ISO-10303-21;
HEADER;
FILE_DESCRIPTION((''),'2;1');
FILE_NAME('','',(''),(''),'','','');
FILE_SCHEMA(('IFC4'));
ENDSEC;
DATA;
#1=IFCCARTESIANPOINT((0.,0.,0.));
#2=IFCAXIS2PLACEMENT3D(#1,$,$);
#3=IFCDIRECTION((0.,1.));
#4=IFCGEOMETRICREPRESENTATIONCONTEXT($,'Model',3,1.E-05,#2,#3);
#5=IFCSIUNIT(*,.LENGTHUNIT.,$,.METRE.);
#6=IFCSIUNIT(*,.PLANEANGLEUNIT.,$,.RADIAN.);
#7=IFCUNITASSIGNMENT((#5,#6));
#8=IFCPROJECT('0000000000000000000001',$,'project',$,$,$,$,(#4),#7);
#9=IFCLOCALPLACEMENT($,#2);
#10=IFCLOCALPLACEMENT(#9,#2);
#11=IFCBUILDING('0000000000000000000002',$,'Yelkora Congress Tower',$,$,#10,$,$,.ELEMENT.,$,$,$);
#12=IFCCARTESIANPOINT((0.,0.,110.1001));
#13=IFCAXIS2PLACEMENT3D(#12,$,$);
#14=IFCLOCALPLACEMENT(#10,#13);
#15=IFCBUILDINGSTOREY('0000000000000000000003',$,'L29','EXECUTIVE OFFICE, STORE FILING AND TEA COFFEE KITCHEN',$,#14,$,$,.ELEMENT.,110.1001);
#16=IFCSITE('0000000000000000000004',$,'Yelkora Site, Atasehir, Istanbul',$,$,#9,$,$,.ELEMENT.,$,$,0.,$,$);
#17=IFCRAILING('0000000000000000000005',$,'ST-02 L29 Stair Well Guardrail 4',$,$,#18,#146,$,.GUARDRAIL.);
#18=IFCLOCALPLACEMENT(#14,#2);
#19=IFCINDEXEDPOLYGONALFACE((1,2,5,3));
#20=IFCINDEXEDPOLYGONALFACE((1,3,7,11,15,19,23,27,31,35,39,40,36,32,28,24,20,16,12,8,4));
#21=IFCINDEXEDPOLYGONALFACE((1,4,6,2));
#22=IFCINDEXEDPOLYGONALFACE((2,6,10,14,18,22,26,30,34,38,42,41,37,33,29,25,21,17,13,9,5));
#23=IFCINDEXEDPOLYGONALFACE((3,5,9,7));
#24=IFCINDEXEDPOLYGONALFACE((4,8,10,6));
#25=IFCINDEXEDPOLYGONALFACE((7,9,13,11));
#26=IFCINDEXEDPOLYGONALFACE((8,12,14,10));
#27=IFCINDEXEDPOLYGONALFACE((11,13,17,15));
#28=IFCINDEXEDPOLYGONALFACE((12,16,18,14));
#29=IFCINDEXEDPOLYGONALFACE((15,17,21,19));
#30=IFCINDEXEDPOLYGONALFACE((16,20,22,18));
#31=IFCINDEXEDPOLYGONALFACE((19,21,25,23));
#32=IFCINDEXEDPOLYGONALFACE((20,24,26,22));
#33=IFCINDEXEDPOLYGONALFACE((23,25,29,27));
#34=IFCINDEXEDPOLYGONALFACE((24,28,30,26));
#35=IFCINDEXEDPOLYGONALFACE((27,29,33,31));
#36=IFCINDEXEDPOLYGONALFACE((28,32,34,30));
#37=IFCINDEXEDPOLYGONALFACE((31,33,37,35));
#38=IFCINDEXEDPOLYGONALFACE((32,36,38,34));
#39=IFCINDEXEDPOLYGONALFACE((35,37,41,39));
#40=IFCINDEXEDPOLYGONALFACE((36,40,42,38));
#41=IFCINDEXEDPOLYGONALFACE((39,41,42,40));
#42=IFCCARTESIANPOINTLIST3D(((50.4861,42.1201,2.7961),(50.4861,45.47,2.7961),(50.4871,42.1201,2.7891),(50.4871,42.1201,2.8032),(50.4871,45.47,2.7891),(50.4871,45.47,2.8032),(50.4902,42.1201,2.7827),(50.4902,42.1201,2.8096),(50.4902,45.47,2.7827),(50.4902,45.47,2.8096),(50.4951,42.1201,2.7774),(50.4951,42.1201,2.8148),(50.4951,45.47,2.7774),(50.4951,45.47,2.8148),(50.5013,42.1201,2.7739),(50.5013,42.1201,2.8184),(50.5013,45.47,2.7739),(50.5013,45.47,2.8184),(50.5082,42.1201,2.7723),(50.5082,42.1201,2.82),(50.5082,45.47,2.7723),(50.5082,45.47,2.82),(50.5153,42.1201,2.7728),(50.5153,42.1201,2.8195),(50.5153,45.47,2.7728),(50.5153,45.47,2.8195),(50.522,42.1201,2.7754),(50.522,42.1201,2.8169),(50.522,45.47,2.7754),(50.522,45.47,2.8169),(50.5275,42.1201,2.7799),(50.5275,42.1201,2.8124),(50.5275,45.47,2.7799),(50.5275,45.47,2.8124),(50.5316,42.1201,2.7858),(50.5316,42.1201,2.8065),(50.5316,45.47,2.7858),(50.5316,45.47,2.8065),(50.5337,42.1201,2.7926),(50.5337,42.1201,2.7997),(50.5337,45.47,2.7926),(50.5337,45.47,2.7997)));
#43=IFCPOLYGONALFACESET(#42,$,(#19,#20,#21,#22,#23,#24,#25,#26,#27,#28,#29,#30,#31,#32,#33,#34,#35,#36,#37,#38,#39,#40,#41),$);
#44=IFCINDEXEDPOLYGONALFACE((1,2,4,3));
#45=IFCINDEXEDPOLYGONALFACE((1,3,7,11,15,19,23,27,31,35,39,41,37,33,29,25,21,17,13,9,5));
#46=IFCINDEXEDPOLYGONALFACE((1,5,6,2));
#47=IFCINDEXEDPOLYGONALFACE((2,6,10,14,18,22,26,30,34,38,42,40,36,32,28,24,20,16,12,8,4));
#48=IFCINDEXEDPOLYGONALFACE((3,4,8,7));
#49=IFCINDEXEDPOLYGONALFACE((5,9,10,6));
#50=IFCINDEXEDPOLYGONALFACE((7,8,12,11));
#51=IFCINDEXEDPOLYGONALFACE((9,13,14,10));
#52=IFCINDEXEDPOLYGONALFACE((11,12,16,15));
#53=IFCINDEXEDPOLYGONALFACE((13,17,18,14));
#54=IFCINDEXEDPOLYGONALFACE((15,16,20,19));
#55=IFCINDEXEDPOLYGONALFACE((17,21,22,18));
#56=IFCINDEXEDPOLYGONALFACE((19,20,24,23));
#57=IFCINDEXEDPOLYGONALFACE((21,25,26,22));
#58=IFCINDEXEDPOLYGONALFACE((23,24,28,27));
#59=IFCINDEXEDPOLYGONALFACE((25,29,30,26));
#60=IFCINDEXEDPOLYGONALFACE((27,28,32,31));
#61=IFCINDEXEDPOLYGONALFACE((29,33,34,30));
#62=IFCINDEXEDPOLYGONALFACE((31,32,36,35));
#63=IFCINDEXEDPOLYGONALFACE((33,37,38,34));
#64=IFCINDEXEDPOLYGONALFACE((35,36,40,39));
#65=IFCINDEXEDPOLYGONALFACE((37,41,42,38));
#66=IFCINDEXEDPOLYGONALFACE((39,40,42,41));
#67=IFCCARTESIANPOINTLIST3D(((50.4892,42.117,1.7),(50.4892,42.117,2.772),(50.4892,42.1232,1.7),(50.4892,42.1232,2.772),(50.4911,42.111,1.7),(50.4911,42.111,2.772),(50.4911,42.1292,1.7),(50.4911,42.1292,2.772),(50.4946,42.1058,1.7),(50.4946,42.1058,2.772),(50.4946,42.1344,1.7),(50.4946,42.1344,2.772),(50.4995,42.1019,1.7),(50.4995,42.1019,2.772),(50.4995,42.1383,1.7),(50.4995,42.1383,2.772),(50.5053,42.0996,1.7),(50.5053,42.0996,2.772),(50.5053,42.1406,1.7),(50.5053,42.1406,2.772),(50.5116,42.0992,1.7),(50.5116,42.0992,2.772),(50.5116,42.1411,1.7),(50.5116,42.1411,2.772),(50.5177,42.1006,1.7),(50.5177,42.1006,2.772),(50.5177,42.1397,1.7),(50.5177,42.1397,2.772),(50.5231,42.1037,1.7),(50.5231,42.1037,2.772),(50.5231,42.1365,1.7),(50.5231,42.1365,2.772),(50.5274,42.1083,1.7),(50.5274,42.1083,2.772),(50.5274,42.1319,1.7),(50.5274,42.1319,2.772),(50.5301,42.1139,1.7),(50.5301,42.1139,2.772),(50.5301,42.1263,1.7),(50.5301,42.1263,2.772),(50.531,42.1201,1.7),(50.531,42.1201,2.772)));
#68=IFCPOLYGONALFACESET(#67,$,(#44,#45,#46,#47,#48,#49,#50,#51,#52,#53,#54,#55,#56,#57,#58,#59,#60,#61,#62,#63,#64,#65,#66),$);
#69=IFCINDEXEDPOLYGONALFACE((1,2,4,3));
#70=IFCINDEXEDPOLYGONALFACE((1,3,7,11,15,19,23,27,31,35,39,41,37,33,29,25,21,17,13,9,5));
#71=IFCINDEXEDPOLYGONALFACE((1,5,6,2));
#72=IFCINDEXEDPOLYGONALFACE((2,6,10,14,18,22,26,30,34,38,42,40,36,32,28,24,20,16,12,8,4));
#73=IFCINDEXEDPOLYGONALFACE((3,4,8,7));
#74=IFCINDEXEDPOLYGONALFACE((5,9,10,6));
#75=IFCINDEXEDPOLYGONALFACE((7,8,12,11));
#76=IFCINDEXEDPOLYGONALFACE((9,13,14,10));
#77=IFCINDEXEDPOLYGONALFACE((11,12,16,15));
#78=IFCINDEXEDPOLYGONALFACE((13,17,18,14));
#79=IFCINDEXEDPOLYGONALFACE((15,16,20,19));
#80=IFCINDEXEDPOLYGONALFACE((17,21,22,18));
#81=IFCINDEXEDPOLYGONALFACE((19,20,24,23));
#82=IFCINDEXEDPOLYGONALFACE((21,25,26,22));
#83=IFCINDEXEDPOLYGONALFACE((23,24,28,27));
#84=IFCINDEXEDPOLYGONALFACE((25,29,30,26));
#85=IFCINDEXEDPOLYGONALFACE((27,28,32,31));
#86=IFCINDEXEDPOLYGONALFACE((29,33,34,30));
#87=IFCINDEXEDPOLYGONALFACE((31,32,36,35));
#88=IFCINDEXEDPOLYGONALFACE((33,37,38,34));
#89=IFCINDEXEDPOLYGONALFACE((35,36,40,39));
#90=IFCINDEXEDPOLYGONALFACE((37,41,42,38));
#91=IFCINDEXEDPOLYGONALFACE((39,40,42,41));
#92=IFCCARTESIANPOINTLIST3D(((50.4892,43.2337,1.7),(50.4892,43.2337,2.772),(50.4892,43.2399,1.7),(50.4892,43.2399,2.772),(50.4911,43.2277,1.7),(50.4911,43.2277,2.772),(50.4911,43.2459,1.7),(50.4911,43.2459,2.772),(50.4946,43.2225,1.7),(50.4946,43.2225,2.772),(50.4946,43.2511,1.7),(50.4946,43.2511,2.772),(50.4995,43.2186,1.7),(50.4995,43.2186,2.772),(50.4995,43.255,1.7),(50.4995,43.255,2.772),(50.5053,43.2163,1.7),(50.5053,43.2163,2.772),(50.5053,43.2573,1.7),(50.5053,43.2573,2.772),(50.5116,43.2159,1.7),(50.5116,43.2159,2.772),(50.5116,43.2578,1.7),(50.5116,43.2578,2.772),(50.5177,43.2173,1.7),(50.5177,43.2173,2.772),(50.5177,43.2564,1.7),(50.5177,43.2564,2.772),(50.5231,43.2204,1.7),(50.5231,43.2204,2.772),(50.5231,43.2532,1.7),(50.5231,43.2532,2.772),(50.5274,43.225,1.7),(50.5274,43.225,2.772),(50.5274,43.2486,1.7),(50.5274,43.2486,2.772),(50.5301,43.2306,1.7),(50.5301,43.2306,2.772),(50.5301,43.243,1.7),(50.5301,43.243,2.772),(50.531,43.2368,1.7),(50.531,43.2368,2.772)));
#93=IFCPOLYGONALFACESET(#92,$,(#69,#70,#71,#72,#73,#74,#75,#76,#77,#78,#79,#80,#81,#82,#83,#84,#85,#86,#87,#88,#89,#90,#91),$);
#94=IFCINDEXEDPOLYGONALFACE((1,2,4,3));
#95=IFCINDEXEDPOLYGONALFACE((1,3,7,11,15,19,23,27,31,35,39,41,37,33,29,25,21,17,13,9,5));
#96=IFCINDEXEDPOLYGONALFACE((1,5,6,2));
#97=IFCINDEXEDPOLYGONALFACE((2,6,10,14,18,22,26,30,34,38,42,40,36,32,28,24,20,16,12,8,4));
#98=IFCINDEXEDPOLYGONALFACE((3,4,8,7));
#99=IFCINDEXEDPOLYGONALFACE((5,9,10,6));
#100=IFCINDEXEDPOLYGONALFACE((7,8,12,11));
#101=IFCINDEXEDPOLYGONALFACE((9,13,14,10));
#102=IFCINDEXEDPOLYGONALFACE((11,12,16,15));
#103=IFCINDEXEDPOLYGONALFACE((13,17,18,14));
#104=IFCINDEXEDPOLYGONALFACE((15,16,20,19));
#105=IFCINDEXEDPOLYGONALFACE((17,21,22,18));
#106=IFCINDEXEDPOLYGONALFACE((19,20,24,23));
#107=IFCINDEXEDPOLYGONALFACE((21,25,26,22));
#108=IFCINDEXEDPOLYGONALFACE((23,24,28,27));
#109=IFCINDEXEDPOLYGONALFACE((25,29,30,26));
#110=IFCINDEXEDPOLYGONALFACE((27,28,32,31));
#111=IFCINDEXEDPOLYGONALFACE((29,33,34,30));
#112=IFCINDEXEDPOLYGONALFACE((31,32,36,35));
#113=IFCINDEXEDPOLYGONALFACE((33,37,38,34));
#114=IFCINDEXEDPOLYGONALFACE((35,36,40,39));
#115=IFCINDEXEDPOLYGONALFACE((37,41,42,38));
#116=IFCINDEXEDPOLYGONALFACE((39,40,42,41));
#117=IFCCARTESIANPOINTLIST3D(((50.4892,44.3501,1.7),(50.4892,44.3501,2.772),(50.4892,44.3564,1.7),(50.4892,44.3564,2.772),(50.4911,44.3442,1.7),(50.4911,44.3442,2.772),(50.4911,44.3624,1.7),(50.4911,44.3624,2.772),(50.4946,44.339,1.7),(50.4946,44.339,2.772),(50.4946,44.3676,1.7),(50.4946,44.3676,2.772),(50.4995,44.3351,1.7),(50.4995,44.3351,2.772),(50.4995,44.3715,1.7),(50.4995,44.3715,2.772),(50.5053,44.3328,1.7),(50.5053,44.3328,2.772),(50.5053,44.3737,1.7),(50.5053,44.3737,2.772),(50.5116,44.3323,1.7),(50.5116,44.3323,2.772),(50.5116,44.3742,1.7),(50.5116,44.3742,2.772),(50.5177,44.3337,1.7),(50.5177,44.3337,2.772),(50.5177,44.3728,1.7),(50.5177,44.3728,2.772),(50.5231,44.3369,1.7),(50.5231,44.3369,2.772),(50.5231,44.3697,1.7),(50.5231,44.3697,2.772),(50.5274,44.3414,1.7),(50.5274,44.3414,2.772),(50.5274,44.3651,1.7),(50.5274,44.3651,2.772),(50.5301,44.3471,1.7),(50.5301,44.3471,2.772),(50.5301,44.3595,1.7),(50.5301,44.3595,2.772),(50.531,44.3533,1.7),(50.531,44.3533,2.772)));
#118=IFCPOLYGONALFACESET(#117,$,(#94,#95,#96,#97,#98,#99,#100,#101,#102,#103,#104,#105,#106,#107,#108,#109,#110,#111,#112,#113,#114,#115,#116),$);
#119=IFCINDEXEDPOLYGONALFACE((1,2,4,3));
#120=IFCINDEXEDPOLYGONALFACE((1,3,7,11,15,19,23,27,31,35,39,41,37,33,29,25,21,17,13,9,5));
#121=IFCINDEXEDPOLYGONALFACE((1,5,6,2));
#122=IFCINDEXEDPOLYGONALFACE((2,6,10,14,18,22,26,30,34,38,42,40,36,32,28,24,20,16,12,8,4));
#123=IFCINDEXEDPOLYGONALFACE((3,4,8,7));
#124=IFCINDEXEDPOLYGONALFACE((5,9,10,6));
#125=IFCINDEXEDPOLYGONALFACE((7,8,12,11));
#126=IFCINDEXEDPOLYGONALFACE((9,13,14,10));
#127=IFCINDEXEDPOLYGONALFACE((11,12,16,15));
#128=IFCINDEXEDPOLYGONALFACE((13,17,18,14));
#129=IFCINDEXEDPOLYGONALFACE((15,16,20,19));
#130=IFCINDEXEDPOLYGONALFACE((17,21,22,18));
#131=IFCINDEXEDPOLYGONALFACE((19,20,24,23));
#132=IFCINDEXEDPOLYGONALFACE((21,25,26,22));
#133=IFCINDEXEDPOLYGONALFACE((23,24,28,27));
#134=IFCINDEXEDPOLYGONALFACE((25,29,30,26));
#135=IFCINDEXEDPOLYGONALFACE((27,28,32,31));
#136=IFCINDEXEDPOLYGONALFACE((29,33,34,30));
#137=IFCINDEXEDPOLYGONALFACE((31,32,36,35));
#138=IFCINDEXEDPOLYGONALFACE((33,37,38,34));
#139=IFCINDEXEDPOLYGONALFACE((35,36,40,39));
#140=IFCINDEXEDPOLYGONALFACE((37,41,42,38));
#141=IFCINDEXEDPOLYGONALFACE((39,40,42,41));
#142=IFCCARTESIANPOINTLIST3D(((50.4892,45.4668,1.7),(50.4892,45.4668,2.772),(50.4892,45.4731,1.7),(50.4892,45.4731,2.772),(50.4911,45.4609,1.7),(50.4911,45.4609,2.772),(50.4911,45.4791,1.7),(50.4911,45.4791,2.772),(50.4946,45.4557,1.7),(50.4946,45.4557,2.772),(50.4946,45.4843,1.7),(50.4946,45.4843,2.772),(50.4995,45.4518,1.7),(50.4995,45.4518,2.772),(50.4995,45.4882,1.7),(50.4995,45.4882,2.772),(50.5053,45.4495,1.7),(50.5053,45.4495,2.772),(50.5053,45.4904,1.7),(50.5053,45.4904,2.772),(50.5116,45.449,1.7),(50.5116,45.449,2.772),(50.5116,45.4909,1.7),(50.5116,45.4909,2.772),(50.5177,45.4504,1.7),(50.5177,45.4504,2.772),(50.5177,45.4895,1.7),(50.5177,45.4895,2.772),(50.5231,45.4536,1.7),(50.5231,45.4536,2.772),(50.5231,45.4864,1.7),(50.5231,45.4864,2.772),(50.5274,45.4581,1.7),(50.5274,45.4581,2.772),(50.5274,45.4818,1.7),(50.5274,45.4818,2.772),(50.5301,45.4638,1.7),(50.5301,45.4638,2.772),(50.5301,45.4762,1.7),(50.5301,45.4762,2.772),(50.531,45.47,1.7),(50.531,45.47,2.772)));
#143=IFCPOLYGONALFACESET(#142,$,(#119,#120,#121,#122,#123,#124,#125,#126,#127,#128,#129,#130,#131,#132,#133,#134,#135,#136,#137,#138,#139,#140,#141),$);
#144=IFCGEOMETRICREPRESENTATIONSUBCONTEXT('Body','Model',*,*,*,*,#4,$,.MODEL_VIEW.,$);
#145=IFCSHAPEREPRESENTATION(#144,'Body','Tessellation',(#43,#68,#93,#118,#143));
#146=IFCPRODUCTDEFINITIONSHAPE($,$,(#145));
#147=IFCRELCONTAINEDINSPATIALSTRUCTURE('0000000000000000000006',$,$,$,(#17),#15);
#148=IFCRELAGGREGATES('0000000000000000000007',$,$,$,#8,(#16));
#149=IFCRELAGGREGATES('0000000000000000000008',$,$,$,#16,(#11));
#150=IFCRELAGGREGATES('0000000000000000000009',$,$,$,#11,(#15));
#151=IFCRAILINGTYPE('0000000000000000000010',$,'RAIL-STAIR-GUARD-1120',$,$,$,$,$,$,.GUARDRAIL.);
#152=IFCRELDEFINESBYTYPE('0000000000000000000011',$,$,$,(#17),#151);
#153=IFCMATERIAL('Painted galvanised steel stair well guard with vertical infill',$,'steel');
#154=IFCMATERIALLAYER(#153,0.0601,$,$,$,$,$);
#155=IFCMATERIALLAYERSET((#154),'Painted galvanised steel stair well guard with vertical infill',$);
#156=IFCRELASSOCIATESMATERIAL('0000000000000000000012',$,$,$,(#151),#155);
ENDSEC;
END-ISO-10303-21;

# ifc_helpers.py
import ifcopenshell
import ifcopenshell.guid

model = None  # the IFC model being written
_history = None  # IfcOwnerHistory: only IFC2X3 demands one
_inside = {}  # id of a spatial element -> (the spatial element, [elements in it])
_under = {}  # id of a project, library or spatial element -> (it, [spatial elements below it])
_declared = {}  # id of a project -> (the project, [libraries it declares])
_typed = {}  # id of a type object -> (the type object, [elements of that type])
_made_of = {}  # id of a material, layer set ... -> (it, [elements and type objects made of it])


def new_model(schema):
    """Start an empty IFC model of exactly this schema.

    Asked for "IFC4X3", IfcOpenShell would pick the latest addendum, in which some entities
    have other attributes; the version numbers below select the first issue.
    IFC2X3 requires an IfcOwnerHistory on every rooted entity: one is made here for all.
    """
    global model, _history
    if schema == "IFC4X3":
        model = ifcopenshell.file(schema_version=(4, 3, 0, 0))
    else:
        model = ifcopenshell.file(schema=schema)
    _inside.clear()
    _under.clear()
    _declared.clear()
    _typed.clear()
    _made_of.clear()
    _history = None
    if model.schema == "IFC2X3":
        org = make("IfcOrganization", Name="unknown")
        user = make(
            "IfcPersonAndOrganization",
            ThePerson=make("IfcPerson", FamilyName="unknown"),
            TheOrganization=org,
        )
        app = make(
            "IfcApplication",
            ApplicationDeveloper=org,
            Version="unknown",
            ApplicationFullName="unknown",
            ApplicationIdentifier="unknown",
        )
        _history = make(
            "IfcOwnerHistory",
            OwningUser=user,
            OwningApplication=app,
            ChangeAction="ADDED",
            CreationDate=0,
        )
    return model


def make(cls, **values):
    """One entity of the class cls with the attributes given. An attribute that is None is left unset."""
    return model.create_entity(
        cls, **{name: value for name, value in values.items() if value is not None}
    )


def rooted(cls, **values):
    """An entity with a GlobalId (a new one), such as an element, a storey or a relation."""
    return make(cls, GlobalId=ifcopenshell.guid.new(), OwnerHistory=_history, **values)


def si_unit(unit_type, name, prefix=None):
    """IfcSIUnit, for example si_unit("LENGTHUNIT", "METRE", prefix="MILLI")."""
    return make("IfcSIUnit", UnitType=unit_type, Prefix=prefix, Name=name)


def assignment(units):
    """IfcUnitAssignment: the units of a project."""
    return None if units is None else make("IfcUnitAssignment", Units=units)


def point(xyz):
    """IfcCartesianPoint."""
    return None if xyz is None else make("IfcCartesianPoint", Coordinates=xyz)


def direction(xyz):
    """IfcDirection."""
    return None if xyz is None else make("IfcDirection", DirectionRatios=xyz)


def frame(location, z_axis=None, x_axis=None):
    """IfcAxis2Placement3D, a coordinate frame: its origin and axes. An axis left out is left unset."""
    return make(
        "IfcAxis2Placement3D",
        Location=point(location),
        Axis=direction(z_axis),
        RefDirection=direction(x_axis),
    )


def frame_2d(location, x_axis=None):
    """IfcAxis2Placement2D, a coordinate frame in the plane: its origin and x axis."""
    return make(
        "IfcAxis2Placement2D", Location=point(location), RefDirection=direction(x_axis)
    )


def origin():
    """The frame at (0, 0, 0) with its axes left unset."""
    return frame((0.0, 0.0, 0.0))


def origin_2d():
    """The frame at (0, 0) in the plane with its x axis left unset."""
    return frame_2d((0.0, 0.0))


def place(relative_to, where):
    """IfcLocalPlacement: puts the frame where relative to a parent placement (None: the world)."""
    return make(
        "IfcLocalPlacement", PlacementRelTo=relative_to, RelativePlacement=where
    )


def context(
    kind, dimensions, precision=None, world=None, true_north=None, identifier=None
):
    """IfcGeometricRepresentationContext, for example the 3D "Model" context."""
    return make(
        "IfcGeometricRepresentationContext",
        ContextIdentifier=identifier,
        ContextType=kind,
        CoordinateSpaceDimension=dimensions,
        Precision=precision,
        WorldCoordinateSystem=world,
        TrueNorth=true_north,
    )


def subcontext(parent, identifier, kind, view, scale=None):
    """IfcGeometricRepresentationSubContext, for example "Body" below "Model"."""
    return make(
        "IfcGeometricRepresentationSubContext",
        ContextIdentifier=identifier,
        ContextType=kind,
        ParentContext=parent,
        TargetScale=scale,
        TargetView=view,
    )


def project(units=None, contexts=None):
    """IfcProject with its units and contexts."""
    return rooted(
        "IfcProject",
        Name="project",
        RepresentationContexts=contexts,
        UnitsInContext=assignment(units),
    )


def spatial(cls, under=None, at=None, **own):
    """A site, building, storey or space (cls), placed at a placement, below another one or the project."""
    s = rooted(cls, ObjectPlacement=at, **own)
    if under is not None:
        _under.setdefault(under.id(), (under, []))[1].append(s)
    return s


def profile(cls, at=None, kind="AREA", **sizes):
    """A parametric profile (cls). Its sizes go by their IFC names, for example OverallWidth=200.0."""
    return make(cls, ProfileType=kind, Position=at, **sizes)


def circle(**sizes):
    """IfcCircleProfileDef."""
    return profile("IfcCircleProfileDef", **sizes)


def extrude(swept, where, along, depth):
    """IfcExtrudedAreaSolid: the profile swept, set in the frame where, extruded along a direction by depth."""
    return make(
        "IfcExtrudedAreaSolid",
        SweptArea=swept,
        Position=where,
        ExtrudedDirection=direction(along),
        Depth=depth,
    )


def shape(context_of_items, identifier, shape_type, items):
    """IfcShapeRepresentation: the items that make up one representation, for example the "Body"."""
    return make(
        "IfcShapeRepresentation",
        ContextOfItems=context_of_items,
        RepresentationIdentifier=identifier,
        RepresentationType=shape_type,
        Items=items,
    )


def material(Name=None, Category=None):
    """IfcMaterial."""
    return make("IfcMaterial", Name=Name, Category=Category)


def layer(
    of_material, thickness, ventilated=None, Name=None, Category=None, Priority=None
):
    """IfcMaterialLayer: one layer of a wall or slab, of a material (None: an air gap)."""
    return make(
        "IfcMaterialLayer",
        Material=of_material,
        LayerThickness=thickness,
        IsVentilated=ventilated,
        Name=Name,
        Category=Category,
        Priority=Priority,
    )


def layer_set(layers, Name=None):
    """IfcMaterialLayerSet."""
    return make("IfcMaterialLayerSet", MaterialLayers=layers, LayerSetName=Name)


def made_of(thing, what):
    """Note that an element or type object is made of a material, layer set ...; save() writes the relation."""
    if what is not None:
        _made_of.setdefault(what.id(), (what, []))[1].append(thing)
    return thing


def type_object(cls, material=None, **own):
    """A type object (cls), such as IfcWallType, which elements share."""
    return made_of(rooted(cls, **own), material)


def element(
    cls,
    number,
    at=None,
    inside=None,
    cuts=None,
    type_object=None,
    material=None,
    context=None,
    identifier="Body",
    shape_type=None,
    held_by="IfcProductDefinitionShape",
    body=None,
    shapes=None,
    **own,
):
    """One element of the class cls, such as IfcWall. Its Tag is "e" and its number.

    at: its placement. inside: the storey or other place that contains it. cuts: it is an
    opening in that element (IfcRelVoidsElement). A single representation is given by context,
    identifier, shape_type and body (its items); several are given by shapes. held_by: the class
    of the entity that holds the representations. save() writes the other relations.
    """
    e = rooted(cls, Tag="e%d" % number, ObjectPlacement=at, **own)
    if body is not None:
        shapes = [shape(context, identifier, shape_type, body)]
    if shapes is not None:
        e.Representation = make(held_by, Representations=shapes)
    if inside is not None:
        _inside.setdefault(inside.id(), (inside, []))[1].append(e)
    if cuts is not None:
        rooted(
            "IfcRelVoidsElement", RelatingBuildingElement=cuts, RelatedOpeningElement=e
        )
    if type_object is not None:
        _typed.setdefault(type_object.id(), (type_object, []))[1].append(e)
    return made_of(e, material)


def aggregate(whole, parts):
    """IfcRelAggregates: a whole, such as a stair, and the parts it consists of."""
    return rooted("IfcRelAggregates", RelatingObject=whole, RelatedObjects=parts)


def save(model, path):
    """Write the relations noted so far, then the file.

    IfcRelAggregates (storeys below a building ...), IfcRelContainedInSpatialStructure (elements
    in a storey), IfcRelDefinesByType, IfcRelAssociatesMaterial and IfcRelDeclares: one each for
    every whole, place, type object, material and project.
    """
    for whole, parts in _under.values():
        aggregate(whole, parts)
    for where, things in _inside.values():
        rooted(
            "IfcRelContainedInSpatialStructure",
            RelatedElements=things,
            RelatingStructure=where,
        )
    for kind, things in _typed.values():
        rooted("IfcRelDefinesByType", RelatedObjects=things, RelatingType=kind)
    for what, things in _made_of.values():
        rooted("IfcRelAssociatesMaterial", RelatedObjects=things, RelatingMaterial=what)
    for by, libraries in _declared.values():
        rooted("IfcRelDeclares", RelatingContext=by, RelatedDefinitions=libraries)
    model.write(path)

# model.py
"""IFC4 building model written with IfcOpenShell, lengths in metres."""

from ifc_helpers import new_model, si_unit, direction, frame, origin, origin_2d, place, context, subcontext, project, spatial, circle, extrude, material, layer, layer_set, type_object, element, save


model = new_model("IFC4")

# Units and contexts
model_context = context("Model", 3, precision=1e-05, world=origin(), true_north=direction((0.0, 1.0)))
body_context = subcontext(model_context, "Body", "Model", "MODEL_VIEW")
ifc_project = project(units=[si_unit("LENGTHUNIT", "METRE"), si_unit("PLANEANGLEUNIT", "RADIAN")], contexts=[model_context])

# Site, building, storey
site_placement = place(None, origin())
site = spatial("IfcSite", under=ifc_project, at=site_placement, Name="Yelkora Site, Atasehir, Istanbul", CompositionType="ELEMENT", RefElevation=0.0)
building_placement = place(site_placement, origin())
building = spatial("IfcBuilding", under=site, at=building_placement, Name="Yelkora Congress Tower", CompositionType="ELEMENT")
storey_placement = place(building_placement, frame((0.0, 0.0, 110.1001)))
storey = spatial("IfcBuildingStorey", under=building, at=storey_placement, Name="L29", Description="EXECUTIVE OFFICE, STORE FILING AND TEA COFFEE KITCHEN", CompositionType="ELEMENT", Elevation=110.1001)

# Railing
ifc_material_1 = material(Name="Painted galvanised steel stair well guard with vertical infill", Category="steel")
ifc_layer_1 = layer(ifc_material_1, 0.0601)
ifc_layer_set_1 = layer_set([ifc_layer_1], Name="Painted galvanised steel stair well guard with vertical infill")
railing_type_1 = type_object("IfcRailingType", Name="RAIL-STAIR-GUARD-1120", PredefinedType="GUARDRAIL", material=ifc_layer_set_1)
for number, where, name in (
    (1, (50.51, 42.1201, 1.7), "ST-02 L29 Stair Well Guardrail 4"),
):
    element("IfcRailing", number, at=place(storey_placement, frame(where)), inside=storey, type_object=railing_type_1, Name=name, PredefinedType="GUARDRAIL", context=body_context, shape_type="SweptSolid", body=[
        extrude(circle(Radius=0.0239, at=origin_2d()), frame((0.0, 0.0, 1.0962), z_axis=(0.0, 1.0, 0.0), x_axis=(-1.0, 0.0, 0.0)), (0.0, 0.0, 1.0), 3.3499),
        extrude(circle(Radius=0.021, at=origin_2d()), origin(), (0.0, 0.0, 1.0), 1.072),
        extrude(circle(Radius=0.021, at=origin_2d()), frame((0.0, 1.1167, 0.0)), (0.0, 0.0, 1.0), 1.072),
        extrude(circle(Radius=0.021, at=origin_2d()), frame((0.0, 2.2332, 0.0)), (0.0, 0.0, 1.0), 1.072),
        extrude(circle(Radius=0.021, at=origin_2d()), frame((0.0, 3.3499, 0.0)), (0.0, 0.0, 1.0), 1.072),
    ])

save(model, "model.ifc")
